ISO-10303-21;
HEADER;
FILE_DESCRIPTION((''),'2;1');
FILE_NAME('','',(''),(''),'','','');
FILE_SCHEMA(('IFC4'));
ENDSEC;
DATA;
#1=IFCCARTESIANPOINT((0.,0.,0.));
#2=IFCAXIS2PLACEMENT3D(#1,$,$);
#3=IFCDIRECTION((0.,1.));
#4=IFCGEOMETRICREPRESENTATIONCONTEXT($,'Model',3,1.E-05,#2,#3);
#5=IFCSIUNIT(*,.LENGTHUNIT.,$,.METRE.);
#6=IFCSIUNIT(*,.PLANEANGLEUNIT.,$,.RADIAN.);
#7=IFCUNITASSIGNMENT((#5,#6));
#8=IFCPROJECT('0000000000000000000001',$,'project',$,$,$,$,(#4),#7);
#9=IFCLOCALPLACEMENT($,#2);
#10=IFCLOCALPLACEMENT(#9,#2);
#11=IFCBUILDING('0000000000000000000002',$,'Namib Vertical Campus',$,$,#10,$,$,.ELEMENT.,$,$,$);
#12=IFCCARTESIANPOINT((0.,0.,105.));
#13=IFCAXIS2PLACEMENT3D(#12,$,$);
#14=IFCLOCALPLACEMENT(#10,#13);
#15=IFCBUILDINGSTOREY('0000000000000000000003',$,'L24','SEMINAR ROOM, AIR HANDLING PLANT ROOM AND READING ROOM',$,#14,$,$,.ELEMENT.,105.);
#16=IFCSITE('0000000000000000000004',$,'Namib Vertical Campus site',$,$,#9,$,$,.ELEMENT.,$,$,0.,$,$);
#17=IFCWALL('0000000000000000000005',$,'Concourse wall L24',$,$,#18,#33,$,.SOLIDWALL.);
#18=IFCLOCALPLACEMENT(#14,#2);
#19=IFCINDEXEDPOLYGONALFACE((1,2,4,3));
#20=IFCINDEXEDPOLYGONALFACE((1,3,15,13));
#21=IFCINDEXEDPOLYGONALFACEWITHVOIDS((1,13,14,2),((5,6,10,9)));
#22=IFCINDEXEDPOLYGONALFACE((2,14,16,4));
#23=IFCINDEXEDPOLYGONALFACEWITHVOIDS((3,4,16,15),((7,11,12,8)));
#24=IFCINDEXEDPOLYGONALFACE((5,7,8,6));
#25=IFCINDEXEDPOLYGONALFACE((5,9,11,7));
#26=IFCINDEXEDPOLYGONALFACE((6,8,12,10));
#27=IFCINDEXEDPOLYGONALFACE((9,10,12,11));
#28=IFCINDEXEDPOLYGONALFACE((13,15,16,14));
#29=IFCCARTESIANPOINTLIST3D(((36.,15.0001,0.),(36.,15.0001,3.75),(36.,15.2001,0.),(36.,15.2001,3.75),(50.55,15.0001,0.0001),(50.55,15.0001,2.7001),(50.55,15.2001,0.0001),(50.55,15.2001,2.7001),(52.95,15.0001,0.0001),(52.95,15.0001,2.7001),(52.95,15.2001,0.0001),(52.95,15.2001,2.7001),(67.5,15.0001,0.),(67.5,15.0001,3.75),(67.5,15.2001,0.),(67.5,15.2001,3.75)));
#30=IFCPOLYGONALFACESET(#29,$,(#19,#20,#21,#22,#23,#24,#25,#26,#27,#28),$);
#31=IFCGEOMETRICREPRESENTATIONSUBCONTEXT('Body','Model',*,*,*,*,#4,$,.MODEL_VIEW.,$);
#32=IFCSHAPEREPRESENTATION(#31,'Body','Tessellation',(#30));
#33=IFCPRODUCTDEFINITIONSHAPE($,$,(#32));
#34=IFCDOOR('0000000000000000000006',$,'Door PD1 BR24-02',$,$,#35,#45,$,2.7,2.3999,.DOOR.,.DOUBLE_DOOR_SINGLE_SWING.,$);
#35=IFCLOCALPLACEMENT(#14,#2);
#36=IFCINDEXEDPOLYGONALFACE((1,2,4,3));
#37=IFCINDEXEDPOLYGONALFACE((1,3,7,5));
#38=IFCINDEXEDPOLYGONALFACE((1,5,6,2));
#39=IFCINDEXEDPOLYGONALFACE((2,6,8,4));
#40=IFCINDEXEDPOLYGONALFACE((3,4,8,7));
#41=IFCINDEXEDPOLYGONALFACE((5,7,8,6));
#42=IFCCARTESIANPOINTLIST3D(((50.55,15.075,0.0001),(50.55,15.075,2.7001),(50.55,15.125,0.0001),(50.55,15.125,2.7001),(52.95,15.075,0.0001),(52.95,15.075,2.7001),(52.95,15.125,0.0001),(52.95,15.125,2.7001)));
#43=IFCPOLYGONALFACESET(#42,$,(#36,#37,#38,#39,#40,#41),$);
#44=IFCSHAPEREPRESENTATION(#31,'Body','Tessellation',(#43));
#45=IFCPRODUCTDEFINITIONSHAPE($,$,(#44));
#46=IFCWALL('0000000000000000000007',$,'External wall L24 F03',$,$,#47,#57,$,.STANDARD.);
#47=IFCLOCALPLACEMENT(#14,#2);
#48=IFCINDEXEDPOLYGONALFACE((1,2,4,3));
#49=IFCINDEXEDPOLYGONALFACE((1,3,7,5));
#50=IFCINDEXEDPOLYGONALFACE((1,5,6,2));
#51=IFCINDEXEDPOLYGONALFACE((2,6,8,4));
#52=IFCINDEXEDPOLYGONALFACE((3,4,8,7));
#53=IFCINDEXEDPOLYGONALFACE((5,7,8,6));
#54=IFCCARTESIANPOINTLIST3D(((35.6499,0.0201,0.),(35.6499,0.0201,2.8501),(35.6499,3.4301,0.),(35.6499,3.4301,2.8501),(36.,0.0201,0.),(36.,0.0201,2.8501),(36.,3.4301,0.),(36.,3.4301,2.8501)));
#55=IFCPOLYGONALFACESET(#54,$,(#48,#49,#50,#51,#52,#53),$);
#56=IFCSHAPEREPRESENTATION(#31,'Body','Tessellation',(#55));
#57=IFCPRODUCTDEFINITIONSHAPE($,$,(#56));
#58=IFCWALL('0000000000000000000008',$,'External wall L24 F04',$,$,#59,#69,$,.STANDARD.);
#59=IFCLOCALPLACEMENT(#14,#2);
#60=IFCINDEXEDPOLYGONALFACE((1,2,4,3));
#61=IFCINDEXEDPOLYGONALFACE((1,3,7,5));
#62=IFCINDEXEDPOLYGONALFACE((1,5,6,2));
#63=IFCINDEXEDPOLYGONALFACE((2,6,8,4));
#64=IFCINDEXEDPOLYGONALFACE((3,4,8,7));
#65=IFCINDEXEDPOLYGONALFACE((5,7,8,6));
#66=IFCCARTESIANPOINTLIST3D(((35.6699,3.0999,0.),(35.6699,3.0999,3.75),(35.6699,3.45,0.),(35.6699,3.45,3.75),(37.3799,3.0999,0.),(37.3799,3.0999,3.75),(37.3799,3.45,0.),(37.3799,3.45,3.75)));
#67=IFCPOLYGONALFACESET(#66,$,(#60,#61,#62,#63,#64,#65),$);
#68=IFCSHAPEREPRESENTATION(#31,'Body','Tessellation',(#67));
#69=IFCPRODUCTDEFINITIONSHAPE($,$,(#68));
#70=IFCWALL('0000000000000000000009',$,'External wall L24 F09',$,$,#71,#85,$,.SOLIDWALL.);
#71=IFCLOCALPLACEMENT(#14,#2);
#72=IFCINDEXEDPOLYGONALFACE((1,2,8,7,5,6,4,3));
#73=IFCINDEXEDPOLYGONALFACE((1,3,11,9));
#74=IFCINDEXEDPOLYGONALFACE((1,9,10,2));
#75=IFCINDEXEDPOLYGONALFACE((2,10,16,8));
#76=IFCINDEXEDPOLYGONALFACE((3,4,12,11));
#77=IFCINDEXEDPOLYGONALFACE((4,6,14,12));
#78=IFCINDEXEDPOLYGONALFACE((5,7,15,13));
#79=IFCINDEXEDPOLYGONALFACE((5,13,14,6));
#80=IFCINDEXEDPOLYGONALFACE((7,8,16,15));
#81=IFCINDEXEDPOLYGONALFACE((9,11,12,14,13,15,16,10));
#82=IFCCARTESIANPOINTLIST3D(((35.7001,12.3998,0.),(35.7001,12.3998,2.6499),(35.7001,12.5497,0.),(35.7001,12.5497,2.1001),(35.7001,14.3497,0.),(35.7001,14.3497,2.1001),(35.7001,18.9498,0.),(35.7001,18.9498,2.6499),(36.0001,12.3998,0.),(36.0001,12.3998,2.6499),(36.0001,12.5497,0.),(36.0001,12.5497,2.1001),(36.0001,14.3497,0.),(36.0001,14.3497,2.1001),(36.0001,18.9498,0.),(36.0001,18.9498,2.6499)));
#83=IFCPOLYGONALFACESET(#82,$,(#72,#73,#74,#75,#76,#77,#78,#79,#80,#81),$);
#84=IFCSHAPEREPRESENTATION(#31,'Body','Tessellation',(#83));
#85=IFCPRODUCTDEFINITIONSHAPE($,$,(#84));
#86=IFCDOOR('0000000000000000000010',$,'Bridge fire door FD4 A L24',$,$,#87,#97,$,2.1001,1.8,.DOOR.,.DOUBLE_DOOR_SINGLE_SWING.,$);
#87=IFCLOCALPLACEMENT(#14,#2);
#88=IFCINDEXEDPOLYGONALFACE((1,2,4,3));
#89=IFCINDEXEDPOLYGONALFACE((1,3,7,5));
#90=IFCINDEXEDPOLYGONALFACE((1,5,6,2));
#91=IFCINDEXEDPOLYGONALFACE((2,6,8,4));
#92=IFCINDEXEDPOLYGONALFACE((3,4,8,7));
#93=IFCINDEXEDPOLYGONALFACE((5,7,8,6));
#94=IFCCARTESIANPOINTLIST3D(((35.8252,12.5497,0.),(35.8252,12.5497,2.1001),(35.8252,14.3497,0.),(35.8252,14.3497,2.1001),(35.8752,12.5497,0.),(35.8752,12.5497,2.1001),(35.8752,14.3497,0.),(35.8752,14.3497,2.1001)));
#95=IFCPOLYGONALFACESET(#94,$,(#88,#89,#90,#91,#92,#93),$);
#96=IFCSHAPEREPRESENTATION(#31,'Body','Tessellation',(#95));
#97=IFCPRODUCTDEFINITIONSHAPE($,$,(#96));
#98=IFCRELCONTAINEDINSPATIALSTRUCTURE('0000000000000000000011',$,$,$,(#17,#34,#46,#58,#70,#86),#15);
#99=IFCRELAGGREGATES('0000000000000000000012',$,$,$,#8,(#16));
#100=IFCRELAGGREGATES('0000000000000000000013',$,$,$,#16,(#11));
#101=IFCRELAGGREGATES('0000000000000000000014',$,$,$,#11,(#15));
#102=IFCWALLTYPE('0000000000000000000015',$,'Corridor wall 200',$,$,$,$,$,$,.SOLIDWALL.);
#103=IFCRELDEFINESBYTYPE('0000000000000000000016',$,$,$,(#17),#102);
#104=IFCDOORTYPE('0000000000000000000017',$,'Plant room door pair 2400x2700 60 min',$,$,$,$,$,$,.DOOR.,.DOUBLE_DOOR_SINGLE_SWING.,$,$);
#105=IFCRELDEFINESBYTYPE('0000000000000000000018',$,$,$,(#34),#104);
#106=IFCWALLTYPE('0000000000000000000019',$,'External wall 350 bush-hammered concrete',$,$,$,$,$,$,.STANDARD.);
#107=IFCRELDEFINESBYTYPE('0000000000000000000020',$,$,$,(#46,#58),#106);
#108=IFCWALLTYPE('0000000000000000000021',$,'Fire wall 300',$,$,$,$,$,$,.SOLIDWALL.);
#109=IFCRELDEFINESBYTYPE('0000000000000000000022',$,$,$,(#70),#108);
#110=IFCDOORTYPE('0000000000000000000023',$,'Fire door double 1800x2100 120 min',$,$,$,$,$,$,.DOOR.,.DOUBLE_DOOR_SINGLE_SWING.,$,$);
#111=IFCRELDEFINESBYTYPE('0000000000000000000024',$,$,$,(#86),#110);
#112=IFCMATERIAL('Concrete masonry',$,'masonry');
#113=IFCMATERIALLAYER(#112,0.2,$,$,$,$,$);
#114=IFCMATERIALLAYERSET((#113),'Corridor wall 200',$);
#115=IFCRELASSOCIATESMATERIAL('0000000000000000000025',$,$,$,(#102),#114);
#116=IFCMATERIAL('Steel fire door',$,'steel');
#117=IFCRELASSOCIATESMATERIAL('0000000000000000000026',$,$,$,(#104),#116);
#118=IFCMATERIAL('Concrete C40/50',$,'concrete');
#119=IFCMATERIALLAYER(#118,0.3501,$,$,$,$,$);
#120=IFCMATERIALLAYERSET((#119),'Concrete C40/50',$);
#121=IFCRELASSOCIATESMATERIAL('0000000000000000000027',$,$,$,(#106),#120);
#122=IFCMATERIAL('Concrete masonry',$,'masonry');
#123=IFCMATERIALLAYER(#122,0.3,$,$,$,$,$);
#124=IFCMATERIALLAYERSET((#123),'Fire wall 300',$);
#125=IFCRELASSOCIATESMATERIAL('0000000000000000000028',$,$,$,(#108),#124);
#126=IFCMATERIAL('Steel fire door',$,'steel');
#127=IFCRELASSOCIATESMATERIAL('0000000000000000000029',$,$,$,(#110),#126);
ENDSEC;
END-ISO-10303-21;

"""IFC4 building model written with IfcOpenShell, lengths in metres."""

from ifc_helpers import new_model, si_unit, direction, frame, frame_2d, origin, place, context, subcontext, project, spatial, rectangle, extrude, material, layer, layer_set, type_object, element, fill, save


model = new_model("IFC4")

# Units and contexts
model_context = context("Model", 3, precision=1e-05, world=origin(), true_north=direction((0.0, 1.0)))
body_context = subcontext(model_context, "Body", "Model", "MODEL_VIEW")
ifc_project = project(units=[si_unit("LENGTHUNIT", "METRE"), si_unit("PLANEANGLEUNIT", "RADIAN")], contexts=[model_context])

# Site, building, storey
site_placement = place(None, origin())
site = spatial("IfcSite", under=ifc_project, at=site_placement, Name="Namib Vertical Campus site", CompositionType="ELEMENT", RefElevation=0.0)
building_placement = place(site_placement, origin())
building = spatial("IfcBuilding", under=site, at=building_placement, Name="Namib Vertical Campus", CompositionType="ELEMENT")
storey_placement = place(building_placement, frame((0.0, 0.0, 105.0)))
storey = spatial("IfcBuildingStorey", under=building, at=storey_placement, Name="L24", Description="SEMINAR ROOM, AIR HANDLING PLANT ROOM AND READING ROOM", CompositionType="ELEMENT", Elevation=105.0)

# Shared definitions
ifc_material_1 = material(Name="Concrete masonry", Category="masonry")
ifc_layer_1 = layer(ifc_material_1, 0.2)
ifc_layer_set_1 = layer_set([ifc_layer_1], Name="Corridor wall 200")
wall_type_1 = type_object("IfcWallType", Name="Corridor wall 200", PredefinedType="SOLIDWALL", material=ifc_layer_set_1)

# Wall, opening, door
wall_1_placement = place(storey_placement, frame((36.0, 15.1001, 0.0), z_axis=(0.0, 0.0, 1.0), x_axis=(1.0, 0.0, 0.0)))
wall_1 = element("IfcWall", 1, at=wall_1_placement, inside=storey, type_object=wall_type_1, Name="Concourse wall L24", PredefinedType="SOLIDWALL", context=body_context, shape_type="SweptSolid", body=[
    extrude(rectangle(XDim=31.5, YDim=0.2, at=frame_2d((15.75, 0.0))), origin(), (0.0, 0.0, 1.0), 3.75),
])
opening_1_placement = place(wall_1_placement, frame((14.55, 0.0, 0.0)))
opening_1 = element("IfcOpeningElement", 2, at=opening_1_placement, cuts=wall_1, PredefinedType="OPENING", context=body_context, shape_type="SweptSolid", body=[
    extrude(rectangle(XDim=2.3999, YDim=2.7, at=frame_2d((1.2, 1.3501))), frame((0.0, 0.1099, 0.0), z_axis=(0.0, -1.0, 0.0), x_axis=(1.0, 0.0, 0.0)), (0.0, 0.0, 1.0), 0.22),
])
ifc_material_2 = material(Name="Steel fire door", Category="steel")
door_type_1 = type_object("IfcDoorType", Name="Plant room door pair 2400x2700 60 min", OperationType="DOUBLE_DOOR_SINGLE_SWING", PredefinedType="DOOR", material=ifc_material_2)
door_1_placement = place(opening_1_placement, origin())
door_1 = element("IfcDoor", 3, at=door_1_placement, inside=storey, type_object=door_type_1, Name="Door PD1 BR24-02", OperationType="DOUBLE_DOOR_SINGLE_SWING", OverallHeight=2.7, OverallWidth=2.3999, PredefinedType="DOOR", context=body_context, shape_type="SweptSolid", body=[
    extrude(rectangle(XDim=2.3999, YDim=2.7, at=frame_2d((1.2, 1.3501))), frame((0.0, 0.0249, 0.0), z_axis=(0.0, -1.0, 0.0), x_axis=(1.0, 0.0, 0.0)), (0.0, 0.0, 1.0), 0.05),
])
fill(opening_1, door_1)

# Walls
ifc_material_3 = material(Name="Concrete C40/50", Category="concrete")
ifc_layer_2 = layer(ifc_material_3, 0.3501)
ifc_layer_set_2 = layer_set([ifc_layer_2], Name="Concrete C40/50")
wall_type_2 = type_object("IfcWallType", Name="External wall 350 bush-hammered concrete", PredefinedType="STANDARD", material=ifc_layer_set_2)
wall_2_placement = place(storey_placement, frame((35.825, 0.02, 0.0), z_axis=(0.0, 0.0, 1.0), x_axis=(0.0, 1.0, 0.0)))
element("IfcWall", 4, at=wall_2_placement, inside=storey, type_object=wall_type_2, Name="External wall L24 F03", PredefinedType="STANDARD", context=body_context, shape_type="SweptSolid", body=[
    extrude(rectangle(XDim=3.4099, YDim=0.3501, at=frame_2d((1.7051, 0.0))), origin(), (0.0, 0.0, 1.0), 2.8501),
])
wall_3_placement = place(storey_placement, frame((35.6699, 3.2749, 0.0), z_axis=(0.0, 0.0, 1.0), x_axis=(1.0, 0.0, 0.0)))
element("IfcWall", 5, at=wall_3_placement, inside=storey, type_object=wall_type_2, Name="External wall L24 F04", PredefinedType="STANDARD", context=body_context, shape_type="SweptSolid", body=[
    extrude(rectangle(XDim=1.71, YDim=0.3501, at=frame_2d((0.855, 0.0))), origin(), (0.0, 0.0, 1.0), 3.75),
])
ifc_material_4 = material(Name="Concrete masonry", Category="masonry")
ifc_layer_3 = layer(ifc_material_4, 0.3)
ifc_layer_set_3 = layer_set([ifc_layer_3], Name="Fire wall 300")
wall_type_3 = type_object("IfcWallType", Name="Fire wall 300", PredefinedType="SOLIDWALL", material=ifc_layer_set_3)

# Wall, opening, door
wall_4_placement = place(storey_placement, frame((35.8501, 12.3999, 0.0), z_axis=(0.0, 0.0, 1.0), x_axis=(0.0, 1.0, 0.0)))
wall_4 = element("IfcWall", 6, at=wall_4_placement, inside=storey, type_object=wall_type_3, Name="External wall L24 F09", PredefinedType="SOLIDWALL", context=body_context, shape_type="SweptSolid", body=[
    extrude(rectangle(XDim=6.55, YDim=0.3, at=frame_2d((3.2749, 0.0))), origin(), (0.0, 0.0, 1.0), 2.6499),
])
opening_2_placement = place(wall_4_placement, frame((0.1499, 0.0, 0.0)))
opening_2 = element("IfcOpeningElement", 7, at=opening_2_placement, cuts=wall_4, PredefinedType="OPENING", context=body_context, shape_type="SweptSolid", body=[
    extrude(rectangle(XDim=1.8, YDim=2.1001, at=frame_2d((0.8999, 1.05))), frame((0.0, 0.1599, 0.0), z_axis=(0.0, -1.0, 0.0), x_axis=(1.0, 0.0, 0.0)), (0.0, 0.0, 1.0), 0.3201),
])
ifc_material_5 = material(Name="Steel fire door", Category="steel")
door_type_2 = type_object("IfcDoorType", Name="Fire door double 1800x2100 120 min", OperationType="DOUBLE_DOOR_SINGLE_SWING", PredefinedType="DOOR", material=ifc_material_5)
door_2_placement = place(opening_2_placement, origin())
door_2 = element("IfcDoor", 8, at=door_2_placement, inside=storey, type_object=door_type_2, Name="Bridge fire door FD4 A L24", OperationType="DOUBLE_DOOR_SINGLE_SWING", OverallHeight=2.1001, OverallWidth=1.8, PredefinedType="DOOR", context=body_context, shape_type="SweptSolid", body=[
    extrude(rectangle(XDim=1.8, YDim=2.1001, at=frame_2d((0.8999, 1.05))), frame((0.0, 0.0249, 0.0), z_axis=(0.0, -1.0, 0.0), x_axis=(1.0, 0.0, 0.0)), (0.0, 0.0, 1.0), 0.05),
])
fill(opening_2, door_2)

save(model, "model.ifc")
